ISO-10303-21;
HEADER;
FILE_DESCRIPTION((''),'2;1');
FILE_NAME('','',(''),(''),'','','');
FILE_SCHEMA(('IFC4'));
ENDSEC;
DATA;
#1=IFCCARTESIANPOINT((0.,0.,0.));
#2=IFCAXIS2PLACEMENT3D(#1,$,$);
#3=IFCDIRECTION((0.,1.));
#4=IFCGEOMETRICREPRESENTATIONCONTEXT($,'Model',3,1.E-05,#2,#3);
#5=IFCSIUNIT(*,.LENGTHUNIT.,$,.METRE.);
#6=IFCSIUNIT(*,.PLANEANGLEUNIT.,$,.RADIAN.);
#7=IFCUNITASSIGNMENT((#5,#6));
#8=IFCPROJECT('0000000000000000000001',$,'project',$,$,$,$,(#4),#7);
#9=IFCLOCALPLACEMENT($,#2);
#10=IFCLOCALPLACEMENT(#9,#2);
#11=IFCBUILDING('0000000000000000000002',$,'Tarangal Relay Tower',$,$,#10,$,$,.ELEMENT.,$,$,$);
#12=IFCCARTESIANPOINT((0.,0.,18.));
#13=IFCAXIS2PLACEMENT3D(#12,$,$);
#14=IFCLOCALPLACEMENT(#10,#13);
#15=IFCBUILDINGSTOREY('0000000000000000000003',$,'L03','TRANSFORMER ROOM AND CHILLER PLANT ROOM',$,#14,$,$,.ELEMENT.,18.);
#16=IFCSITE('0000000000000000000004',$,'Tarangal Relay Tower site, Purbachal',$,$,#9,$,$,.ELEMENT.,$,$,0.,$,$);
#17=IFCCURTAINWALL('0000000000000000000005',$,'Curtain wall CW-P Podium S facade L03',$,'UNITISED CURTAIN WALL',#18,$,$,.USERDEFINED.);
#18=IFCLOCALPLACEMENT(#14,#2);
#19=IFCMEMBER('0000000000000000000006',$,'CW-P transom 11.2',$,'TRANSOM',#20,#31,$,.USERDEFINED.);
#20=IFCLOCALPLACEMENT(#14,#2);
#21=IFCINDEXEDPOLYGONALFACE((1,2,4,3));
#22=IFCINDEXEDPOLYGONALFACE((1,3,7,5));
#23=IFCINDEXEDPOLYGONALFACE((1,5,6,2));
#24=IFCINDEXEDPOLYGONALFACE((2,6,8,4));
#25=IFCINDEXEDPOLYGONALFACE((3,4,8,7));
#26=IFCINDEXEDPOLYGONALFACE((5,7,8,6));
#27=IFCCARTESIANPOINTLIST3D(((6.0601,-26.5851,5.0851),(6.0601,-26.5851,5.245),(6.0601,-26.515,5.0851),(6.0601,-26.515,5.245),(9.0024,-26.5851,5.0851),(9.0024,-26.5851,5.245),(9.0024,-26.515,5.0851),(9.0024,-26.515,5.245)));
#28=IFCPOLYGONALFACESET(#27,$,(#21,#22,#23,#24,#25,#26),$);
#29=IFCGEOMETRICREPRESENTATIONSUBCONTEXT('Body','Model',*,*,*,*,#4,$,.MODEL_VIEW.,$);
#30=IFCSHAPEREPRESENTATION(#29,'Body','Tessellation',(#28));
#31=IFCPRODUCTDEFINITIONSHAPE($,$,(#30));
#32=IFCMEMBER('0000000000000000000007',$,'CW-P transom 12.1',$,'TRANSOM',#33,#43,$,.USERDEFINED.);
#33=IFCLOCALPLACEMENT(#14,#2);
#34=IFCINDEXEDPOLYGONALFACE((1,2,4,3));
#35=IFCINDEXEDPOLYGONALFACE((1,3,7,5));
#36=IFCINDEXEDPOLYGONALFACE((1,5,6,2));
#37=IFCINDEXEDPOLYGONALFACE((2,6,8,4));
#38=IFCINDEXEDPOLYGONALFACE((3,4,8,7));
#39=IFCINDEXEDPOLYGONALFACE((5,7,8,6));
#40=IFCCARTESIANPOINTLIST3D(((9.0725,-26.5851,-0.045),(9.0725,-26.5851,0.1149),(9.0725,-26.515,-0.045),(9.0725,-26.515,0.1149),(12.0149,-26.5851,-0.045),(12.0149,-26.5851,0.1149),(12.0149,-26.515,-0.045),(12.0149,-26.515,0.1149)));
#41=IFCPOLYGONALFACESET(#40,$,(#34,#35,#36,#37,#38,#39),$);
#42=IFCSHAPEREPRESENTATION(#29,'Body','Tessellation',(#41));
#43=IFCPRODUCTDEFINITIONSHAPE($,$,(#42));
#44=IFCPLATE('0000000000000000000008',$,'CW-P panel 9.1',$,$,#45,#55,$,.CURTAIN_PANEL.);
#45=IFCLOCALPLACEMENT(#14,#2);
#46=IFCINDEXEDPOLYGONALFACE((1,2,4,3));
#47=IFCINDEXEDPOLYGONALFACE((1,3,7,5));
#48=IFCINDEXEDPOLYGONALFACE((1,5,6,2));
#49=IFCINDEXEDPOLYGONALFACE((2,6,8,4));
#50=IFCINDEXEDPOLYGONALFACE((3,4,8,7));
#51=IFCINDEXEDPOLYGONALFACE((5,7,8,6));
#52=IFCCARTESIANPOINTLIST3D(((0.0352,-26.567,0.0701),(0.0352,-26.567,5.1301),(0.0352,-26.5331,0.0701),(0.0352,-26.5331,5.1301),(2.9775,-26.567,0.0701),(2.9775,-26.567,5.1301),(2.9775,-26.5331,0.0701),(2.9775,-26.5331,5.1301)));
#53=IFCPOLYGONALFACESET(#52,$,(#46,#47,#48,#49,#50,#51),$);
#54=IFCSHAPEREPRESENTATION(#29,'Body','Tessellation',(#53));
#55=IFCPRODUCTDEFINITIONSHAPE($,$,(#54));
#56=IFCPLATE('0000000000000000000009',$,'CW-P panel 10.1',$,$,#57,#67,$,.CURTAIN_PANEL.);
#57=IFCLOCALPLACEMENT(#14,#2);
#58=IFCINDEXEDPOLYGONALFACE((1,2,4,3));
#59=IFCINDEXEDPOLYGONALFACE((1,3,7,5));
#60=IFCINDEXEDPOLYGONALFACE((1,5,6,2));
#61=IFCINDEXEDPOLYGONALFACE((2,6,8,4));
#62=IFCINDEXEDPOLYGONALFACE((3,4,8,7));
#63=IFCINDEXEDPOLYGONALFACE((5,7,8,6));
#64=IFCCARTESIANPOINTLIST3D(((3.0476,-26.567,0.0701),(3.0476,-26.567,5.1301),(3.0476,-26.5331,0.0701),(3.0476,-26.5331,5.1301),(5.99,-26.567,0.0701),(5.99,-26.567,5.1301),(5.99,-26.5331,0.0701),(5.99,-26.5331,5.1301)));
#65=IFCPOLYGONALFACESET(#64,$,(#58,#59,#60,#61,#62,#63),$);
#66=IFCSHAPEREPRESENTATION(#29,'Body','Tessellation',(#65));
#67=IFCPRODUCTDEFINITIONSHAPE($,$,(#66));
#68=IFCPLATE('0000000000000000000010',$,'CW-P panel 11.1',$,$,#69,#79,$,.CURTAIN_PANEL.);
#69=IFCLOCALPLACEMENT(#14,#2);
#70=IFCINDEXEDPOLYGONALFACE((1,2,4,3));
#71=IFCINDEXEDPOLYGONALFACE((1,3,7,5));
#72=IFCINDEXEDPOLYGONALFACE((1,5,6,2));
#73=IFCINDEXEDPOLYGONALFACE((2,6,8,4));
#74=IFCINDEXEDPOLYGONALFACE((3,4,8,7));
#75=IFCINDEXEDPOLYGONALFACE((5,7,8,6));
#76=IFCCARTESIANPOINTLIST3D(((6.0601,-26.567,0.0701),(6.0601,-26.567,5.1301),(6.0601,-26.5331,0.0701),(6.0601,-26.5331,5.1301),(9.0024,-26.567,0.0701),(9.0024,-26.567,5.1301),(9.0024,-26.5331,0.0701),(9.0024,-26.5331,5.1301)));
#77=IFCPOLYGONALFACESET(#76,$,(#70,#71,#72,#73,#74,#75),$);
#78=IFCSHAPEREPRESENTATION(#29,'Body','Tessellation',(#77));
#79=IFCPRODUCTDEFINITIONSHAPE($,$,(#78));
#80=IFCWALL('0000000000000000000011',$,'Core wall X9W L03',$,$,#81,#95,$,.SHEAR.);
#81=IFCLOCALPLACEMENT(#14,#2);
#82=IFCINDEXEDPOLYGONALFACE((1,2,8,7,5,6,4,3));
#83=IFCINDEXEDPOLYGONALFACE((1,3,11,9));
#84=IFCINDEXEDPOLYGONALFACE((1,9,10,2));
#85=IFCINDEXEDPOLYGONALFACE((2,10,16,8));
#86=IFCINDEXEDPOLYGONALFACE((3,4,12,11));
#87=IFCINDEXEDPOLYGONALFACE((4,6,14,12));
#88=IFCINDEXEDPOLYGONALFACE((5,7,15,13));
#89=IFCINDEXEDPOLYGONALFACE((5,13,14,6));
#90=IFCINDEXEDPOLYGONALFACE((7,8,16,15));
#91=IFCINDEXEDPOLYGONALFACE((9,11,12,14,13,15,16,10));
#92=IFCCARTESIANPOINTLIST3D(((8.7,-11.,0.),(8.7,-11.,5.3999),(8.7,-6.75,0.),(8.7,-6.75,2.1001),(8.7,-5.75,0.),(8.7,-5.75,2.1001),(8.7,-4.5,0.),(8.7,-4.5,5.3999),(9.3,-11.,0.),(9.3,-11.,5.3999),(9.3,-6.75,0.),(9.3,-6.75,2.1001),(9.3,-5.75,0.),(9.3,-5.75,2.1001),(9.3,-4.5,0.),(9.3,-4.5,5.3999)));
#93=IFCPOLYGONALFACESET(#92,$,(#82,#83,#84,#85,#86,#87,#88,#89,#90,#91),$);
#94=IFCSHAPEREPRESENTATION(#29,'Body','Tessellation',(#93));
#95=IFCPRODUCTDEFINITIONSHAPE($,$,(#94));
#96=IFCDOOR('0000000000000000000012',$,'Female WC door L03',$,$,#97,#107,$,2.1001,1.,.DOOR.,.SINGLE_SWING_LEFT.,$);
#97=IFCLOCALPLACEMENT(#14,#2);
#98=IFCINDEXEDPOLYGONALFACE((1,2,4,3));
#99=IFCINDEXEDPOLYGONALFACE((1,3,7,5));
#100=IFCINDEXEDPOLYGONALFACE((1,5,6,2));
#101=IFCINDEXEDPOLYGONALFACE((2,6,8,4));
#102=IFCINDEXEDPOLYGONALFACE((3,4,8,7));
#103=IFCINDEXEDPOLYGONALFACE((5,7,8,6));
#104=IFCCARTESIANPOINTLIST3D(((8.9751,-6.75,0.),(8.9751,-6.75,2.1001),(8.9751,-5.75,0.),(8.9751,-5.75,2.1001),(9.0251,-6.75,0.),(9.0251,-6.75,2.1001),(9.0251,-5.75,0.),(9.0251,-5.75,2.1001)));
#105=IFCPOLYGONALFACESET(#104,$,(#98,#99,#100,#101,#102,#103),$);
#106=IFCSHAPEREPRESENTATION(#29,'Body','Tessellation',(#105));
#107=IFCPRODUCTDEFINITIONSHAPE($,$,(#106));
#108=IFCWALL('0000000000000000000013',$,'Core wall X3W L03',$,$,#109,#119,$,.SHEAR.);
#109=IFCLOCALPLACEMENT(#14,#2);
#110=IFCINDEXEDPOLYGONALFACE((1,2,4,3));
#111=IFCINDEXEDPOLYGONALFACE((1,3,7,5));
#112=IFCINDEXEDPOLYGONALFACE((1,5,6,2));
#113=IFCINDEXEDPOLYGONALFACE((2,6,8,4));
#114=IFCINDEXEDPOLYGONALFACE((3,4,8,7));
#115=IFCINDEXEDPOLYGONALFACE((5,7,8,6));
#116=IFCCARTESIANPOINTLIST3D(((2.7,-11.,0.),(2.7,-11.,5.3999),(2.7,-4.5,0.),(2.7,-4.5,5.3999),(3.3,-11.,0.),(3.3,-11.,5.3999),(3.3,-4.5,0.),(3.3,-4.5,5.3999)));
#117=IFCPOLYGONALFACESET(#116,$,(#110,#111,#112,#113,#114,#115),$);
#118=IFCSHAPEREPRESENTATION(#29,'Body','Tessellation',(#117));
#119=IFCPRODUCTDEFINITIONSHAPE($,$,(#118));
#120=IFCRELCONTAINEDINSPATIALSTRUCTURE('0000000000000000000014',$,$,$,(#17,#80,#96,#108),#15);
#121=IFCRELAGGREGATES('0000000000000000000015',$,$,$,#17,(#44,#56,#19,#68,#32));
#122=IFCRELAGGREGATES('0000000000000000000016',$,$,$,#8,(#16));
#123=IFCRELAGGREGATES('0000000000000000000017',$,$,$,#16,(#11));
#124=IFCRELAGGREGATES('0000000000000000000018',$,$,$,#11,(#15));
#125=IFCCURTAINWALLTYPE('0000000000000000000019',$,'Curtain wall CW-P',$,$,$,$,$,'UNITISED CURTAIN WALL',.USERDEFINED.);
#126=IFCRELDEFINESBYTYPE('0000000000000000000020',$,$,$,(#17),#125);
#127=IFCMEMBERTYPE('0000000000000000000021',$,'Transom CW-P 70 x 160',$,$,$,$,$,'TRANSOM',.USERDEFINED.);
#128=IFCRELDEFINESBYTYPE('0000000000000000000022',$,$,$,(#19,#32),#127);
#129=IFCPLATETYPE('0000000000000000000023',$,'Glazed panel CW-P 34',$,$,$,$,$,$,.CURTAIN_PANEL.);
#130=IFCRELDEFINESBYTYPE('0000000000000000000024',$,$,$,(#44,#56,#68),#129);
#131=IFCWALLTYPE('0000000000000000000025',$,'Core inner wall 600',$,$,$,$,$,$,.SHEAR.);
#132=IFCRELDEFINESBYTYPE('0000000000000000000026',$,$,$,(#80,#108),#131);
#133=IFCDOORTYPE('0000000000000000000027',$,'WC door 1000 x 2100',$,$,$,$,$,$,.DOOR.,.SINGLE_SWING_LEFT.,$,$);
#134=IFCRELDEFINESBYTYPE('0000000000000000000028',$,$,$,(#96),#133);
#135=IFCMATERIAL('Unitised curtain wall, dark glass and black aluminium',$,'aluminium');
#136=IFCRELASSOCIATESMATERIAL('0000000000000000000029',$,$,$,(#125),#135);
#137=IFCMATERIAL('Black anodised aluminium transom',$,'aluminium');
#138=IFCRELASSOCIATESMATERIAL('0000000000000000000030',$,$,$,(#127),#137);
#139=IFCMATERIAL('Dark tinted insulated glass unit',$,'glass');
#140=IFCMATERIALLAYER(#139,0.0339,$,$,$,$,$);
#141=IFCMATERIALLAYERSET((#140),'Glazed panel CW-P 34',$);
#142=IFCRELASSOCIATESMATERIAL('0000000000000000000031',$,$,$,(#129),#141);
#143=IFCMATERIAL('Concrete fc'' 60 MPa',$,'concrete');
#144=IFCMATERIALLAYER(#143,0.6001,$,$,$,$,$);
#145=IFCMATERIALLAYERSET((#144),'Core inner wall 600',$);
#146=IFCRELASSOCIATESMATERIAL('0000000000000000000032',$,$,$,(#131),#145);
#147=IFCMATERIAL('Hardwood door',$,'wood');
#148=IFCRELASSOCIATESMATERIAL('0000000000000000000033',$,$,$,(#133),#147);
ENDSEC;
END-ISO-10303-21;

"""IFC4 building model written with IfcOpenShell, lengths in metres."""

from ifc_helpers import new_model, si_unit, direction, frame, frame_2d, origin, origin_2d, place, context, subcontext, project, spatial, rectangle, extrude, material, layer, layer_set, material_profile, profile_set, type_object, element, fill, aggregate, save


model = new_model("IFC4")

# Units and contexts
model_context = context("Model", 3, precision=1e-05, world=origin(), true_north=direction((0.0, 1.0)))
body_context = subcontext(model_context, "Body", "Model", "MODEL_VIEW")
ifc_project = project(units=[si_unit("LENGTHUNIT", "METRE"), si_unit("PLANEANGLEUNIT", "RADIAN")], contexts=[model_context])

# Site, building, storey
site_placement = place(None, origin())
site = spatial("IfcSite", under=ifc_project, at=site_placement, Name="Tarangal Relay Tower site, Purbachal", CompositionType="ELEMENT", RefElevation=0.0)
building_placement = place(site_placement, origin())
building = spatial("IfcBuilding", under=site, at=building_placement, Name="Tarangal Relay Tower", CompositionType="ELEMENT")
storey_placement = place(building_placement, frame((0.0, 0.0, 18.0)))
storey = spatial("IfcBuildingStorey", under=building, at=storey_placement, Name="L03", Description="TRANSFORMER ROOM AND CHILLER PLANT ROOM", CompositionType="ELEMENT", Elevation=18.0)

# Curtain wall, members, plates
ifc_material_1 = material(Name="Unitised curtain wall, dark glass and black aluminium", Category="aluminium")
curtain_wall_type = type_object("IfcCurtainWallType", Name="Curtain wall CW-P", ElementType="UNITISED CURTAIN WALL", PredefinedType="USERDEFINED", material=ifc_material_1)
curtain_wall_placement = place(storey_placement, origin())
curtain_wall = element("IfcCurtainWall", 1, at=curtain_wall_placement, inside=storey, type_object=curtain_wall_type, Name="Curtain wall CW-P Podium S facade L03", ObjectType="UNITISED CURTAIN WALL", PredefinedType="USERDEFINED")
ifc_material_2 = material(Name="Black anodised aluminium transom", Category="aluminium")
ifc_material_profile_1 = material_profile(ifc_material_2, rectangle(XDim=0.0701, YDim=0.1599, at=origin_2d()), Name="CW-PT 70X160")
ifc_profile_set_1 = profile_set([ifc_material_profile_1], Name="Black anodised aluminium transom")
member_type_1 = type_object("IfcMemberType", Name="Transom CW-P 70 x 160", ElementType="TRANSOM", PredefinedType="USERDEFINED", material=ifc_profile_set_1)
member_1_placement = place(storey_placement, frame((6.0601, -26.55, 5.165), z_axis=(1.0, 0.0, 0.0), x_axis=(0.0, 1.0, 0.0)))
member_1 = element("IfcMember", 2, at=member_1_placement, type_object=member_type_1, Name="CW-P transom 11.2", ObjectType="TRANSOM", PredefinedType="USERDEFINED", context=body_context, shape_type="SweptSolid", body=[
    extrude(rectangle(XDim=0.0701, YDim=0.1599, at=origin_2d()), origin(), (0.0, 0.0, 1.0), 2.9424),
])
member_2_placement = place(storey_placement, frame((9.0725, -26.55, 0.0349), z_axis=(1.0, 0.0, 0.0), x_axis=(0.0, 1.0, 0.0)))
member_2 = element("IfcMember", 3, at=member_2_placement, type_object=member_type_1, Name="CW-P transom 12.1", ObjectType="TRANSOM", PredefinedType="USERDEFINED", context=body_context, shape_type="SweptSolid", body=[
    extrude(rectangle(XDim=0.0701, YDim=0.1599, at=origin_2d()), origin(), (0.0, 0.0, 1.0), 2.9424),
])
ifc_material_3 = material(Name="Dark tinted insulated glass unit", Category="glass")
ifc_layer_1 = layer(ifc_material_3, 0.0339)
ifc_layer_set_1 = layer_set([ifc_layer_1], Name="Glazed panel CW-P 34")
plate_type = type_object("IfcPlateType", Name="Glazed panel CW-P 34", PredefinedType="CURTAIN_PANEL", material=ifc_layer_set_1)
plate_1_placement = place(storey_placement, frame((1.5063, -26.55, 0.0701), z_axis=(0.0, 0.0, 1.0), x_axis=(1.0, 0.0, 0.0)))
plate_1 = element("IfcPlate", 4, at=plate_1_placement, type_object=plate_type, Name="CW-P panel 9.1", PredefinedType="CURTAIN_PANEL", context=body_context, shape_type="SweptSolid", body=[
    extrude(rectangle(XDim=2.9424, YDim=0.0339, at=origin_2d()), origin(), (0.0, 0.0, 1.0), 5.0601),
])
plate_2_placement = place(storey_placement, frame((4.5188, -26.55, 0.0701), z_axis=(0.0, 0.0, 1.0), x_axis=(1.0, 0.0, 0.0)))
plate_2 = element("IfcPlate", 5, at=plate_2_placement, type_object=plate_type, Name="CW-P panel 10.1", PredefinedType="CURTAIN_PANEL", context=body_context, shape_type="SweptSolid", body=[
    extrude(rectangle(XDim=2.9424, YDim=0.0339, at=origin_2d()), origin(), (0.0, 0.0, 1.0), 5.0601),
])
plate_3_placement = place(storey_placement, frame((7.5312, -26.55, 0.0701), z_axis=(0.0, 0.0, 1.0), x_axis=(1.0, 0.0, 0.0)))
plate_3 = element("IfcPlate", 6, at=plate_3_placement, type_object=plate_type, Name="CW-P panel 11.1", PredefinedType="CURTAIN_PANEL", context=body_context, shape_type="SweptSolid", body=[
    extrude(rectangle(XDim=2.9424, YDim=0.0339, at=origin_2d()), origin(), (0.0, 0.0, 1.0), 5.0601),
])
aggregate(curtain_wall, [plate_1, plate_2, member_1, plate_3, member_2])

# Wall, opening, door
ifc_material_4 = material(Name="Concrete fc' 60 MPa", Category="concrete")
ifc_layer_2 = layer(ifc_material_4, 0.6001)
ifc_layer_set_2 = layer_set([ifc_layer_2], Name="Core inner wall 600")
wall_type = type_object("IfcWallType", Name="Core inner wall 600", PredefinedType="SHEAR", material=ifc_layer_set_2)
wall_1_placement = place(storey_placement, frame((9.0, -11.0, 0.0), z_axis=(0.0, 0.0, 1.0), x_axis=(0.0, 1.0, 0.0)))
wall_1 = element("IfcWall", 7, at=wall_1_placement, inside=storey, type_object=wall_type, Name="Core wall X9W L03", PredefinedType="SHEAR", context=body_context, shape_type="SweptSolid", body=[
    extrude(rectangle(XDim=6.5, YDim=0.6001, at=frame_2d((3.25, 0.0))), origin(), (0.0, 0.0, 1.0), 5.3999),
])
opening_placement = place(wall_1_placement, frame((4.25, 0.0, 0.0)))
opening = element("IfcOpeningElement", 8, at=opening_placement, cuts=wall_1, PredefinedType="OPENING", context=body_context, shape_type="SweptSolid", body=[
    extrude(rectangle(XDim=1.0, YDim=2.1001, at=frame_2d((0.5, 1.05))), frame((0.0, 0.3101, 0.0), z_axis=(0.0, -1.0, 0.0), x_axis=(1.0, 0.0, 0.0)), (0.0, 0.0, 1.0), 0.6201),
])
ifc_material_5 = material(Name="Hardwood door", Category="wood")
door_type = type_object("IfcDoorType", Name="WC door 1000 x 2100", OperationType="SINGLE_SWING_LEFT", PredefinedType="DOOR", material=ifc_material_5)
door_placement = place(opening_placement, origin())
door = element("IfcDoor", 9, at=door_placement, inside=storey, type_object=door_type, Name="Female WC door L03", OperationType="SINGLE_SWING_LEFT", OverallHeight=2.1001, OverallWidth=1.0, PredefinedType="DOOR", context=body_context, shape_type="SweptSolid", body=[
    extrude(rectangle(XDim=1.0, YDim=2.1001, at=frame_2d((0.5, 1.05))), frame((0.0, 0.0249, 0.0), z_axis=(0.0, -1.0, 0.0), x_axis=(1.0, 0.0, 0.0)), (0.0, 0.0, 1.0), 0.05),
])
fill(opening, door)

# Wall
wall_2_placement = place(storey_placement, frame((3.0, -11.0, 0.0), z_axis=(0.0, 0.0, 1.0), x_axis=(0.0, 1.0, 0.0)))
element("IfcWall", 10, at=wall_2_placement, inside=storey, type_object=wall_type, Name="Core wall X3W L03", PredefinedType="SHEAR", context=body_context, shape_type="SweptSolid", body=[
    extrude(rectangle(XDim=6.5, YDim=0.6001, at=frame_2d((3.25, 0.0))), origin(), (0.0, 0.0, 1.0), 5.3999),
])

save(model, "model.ifc")
